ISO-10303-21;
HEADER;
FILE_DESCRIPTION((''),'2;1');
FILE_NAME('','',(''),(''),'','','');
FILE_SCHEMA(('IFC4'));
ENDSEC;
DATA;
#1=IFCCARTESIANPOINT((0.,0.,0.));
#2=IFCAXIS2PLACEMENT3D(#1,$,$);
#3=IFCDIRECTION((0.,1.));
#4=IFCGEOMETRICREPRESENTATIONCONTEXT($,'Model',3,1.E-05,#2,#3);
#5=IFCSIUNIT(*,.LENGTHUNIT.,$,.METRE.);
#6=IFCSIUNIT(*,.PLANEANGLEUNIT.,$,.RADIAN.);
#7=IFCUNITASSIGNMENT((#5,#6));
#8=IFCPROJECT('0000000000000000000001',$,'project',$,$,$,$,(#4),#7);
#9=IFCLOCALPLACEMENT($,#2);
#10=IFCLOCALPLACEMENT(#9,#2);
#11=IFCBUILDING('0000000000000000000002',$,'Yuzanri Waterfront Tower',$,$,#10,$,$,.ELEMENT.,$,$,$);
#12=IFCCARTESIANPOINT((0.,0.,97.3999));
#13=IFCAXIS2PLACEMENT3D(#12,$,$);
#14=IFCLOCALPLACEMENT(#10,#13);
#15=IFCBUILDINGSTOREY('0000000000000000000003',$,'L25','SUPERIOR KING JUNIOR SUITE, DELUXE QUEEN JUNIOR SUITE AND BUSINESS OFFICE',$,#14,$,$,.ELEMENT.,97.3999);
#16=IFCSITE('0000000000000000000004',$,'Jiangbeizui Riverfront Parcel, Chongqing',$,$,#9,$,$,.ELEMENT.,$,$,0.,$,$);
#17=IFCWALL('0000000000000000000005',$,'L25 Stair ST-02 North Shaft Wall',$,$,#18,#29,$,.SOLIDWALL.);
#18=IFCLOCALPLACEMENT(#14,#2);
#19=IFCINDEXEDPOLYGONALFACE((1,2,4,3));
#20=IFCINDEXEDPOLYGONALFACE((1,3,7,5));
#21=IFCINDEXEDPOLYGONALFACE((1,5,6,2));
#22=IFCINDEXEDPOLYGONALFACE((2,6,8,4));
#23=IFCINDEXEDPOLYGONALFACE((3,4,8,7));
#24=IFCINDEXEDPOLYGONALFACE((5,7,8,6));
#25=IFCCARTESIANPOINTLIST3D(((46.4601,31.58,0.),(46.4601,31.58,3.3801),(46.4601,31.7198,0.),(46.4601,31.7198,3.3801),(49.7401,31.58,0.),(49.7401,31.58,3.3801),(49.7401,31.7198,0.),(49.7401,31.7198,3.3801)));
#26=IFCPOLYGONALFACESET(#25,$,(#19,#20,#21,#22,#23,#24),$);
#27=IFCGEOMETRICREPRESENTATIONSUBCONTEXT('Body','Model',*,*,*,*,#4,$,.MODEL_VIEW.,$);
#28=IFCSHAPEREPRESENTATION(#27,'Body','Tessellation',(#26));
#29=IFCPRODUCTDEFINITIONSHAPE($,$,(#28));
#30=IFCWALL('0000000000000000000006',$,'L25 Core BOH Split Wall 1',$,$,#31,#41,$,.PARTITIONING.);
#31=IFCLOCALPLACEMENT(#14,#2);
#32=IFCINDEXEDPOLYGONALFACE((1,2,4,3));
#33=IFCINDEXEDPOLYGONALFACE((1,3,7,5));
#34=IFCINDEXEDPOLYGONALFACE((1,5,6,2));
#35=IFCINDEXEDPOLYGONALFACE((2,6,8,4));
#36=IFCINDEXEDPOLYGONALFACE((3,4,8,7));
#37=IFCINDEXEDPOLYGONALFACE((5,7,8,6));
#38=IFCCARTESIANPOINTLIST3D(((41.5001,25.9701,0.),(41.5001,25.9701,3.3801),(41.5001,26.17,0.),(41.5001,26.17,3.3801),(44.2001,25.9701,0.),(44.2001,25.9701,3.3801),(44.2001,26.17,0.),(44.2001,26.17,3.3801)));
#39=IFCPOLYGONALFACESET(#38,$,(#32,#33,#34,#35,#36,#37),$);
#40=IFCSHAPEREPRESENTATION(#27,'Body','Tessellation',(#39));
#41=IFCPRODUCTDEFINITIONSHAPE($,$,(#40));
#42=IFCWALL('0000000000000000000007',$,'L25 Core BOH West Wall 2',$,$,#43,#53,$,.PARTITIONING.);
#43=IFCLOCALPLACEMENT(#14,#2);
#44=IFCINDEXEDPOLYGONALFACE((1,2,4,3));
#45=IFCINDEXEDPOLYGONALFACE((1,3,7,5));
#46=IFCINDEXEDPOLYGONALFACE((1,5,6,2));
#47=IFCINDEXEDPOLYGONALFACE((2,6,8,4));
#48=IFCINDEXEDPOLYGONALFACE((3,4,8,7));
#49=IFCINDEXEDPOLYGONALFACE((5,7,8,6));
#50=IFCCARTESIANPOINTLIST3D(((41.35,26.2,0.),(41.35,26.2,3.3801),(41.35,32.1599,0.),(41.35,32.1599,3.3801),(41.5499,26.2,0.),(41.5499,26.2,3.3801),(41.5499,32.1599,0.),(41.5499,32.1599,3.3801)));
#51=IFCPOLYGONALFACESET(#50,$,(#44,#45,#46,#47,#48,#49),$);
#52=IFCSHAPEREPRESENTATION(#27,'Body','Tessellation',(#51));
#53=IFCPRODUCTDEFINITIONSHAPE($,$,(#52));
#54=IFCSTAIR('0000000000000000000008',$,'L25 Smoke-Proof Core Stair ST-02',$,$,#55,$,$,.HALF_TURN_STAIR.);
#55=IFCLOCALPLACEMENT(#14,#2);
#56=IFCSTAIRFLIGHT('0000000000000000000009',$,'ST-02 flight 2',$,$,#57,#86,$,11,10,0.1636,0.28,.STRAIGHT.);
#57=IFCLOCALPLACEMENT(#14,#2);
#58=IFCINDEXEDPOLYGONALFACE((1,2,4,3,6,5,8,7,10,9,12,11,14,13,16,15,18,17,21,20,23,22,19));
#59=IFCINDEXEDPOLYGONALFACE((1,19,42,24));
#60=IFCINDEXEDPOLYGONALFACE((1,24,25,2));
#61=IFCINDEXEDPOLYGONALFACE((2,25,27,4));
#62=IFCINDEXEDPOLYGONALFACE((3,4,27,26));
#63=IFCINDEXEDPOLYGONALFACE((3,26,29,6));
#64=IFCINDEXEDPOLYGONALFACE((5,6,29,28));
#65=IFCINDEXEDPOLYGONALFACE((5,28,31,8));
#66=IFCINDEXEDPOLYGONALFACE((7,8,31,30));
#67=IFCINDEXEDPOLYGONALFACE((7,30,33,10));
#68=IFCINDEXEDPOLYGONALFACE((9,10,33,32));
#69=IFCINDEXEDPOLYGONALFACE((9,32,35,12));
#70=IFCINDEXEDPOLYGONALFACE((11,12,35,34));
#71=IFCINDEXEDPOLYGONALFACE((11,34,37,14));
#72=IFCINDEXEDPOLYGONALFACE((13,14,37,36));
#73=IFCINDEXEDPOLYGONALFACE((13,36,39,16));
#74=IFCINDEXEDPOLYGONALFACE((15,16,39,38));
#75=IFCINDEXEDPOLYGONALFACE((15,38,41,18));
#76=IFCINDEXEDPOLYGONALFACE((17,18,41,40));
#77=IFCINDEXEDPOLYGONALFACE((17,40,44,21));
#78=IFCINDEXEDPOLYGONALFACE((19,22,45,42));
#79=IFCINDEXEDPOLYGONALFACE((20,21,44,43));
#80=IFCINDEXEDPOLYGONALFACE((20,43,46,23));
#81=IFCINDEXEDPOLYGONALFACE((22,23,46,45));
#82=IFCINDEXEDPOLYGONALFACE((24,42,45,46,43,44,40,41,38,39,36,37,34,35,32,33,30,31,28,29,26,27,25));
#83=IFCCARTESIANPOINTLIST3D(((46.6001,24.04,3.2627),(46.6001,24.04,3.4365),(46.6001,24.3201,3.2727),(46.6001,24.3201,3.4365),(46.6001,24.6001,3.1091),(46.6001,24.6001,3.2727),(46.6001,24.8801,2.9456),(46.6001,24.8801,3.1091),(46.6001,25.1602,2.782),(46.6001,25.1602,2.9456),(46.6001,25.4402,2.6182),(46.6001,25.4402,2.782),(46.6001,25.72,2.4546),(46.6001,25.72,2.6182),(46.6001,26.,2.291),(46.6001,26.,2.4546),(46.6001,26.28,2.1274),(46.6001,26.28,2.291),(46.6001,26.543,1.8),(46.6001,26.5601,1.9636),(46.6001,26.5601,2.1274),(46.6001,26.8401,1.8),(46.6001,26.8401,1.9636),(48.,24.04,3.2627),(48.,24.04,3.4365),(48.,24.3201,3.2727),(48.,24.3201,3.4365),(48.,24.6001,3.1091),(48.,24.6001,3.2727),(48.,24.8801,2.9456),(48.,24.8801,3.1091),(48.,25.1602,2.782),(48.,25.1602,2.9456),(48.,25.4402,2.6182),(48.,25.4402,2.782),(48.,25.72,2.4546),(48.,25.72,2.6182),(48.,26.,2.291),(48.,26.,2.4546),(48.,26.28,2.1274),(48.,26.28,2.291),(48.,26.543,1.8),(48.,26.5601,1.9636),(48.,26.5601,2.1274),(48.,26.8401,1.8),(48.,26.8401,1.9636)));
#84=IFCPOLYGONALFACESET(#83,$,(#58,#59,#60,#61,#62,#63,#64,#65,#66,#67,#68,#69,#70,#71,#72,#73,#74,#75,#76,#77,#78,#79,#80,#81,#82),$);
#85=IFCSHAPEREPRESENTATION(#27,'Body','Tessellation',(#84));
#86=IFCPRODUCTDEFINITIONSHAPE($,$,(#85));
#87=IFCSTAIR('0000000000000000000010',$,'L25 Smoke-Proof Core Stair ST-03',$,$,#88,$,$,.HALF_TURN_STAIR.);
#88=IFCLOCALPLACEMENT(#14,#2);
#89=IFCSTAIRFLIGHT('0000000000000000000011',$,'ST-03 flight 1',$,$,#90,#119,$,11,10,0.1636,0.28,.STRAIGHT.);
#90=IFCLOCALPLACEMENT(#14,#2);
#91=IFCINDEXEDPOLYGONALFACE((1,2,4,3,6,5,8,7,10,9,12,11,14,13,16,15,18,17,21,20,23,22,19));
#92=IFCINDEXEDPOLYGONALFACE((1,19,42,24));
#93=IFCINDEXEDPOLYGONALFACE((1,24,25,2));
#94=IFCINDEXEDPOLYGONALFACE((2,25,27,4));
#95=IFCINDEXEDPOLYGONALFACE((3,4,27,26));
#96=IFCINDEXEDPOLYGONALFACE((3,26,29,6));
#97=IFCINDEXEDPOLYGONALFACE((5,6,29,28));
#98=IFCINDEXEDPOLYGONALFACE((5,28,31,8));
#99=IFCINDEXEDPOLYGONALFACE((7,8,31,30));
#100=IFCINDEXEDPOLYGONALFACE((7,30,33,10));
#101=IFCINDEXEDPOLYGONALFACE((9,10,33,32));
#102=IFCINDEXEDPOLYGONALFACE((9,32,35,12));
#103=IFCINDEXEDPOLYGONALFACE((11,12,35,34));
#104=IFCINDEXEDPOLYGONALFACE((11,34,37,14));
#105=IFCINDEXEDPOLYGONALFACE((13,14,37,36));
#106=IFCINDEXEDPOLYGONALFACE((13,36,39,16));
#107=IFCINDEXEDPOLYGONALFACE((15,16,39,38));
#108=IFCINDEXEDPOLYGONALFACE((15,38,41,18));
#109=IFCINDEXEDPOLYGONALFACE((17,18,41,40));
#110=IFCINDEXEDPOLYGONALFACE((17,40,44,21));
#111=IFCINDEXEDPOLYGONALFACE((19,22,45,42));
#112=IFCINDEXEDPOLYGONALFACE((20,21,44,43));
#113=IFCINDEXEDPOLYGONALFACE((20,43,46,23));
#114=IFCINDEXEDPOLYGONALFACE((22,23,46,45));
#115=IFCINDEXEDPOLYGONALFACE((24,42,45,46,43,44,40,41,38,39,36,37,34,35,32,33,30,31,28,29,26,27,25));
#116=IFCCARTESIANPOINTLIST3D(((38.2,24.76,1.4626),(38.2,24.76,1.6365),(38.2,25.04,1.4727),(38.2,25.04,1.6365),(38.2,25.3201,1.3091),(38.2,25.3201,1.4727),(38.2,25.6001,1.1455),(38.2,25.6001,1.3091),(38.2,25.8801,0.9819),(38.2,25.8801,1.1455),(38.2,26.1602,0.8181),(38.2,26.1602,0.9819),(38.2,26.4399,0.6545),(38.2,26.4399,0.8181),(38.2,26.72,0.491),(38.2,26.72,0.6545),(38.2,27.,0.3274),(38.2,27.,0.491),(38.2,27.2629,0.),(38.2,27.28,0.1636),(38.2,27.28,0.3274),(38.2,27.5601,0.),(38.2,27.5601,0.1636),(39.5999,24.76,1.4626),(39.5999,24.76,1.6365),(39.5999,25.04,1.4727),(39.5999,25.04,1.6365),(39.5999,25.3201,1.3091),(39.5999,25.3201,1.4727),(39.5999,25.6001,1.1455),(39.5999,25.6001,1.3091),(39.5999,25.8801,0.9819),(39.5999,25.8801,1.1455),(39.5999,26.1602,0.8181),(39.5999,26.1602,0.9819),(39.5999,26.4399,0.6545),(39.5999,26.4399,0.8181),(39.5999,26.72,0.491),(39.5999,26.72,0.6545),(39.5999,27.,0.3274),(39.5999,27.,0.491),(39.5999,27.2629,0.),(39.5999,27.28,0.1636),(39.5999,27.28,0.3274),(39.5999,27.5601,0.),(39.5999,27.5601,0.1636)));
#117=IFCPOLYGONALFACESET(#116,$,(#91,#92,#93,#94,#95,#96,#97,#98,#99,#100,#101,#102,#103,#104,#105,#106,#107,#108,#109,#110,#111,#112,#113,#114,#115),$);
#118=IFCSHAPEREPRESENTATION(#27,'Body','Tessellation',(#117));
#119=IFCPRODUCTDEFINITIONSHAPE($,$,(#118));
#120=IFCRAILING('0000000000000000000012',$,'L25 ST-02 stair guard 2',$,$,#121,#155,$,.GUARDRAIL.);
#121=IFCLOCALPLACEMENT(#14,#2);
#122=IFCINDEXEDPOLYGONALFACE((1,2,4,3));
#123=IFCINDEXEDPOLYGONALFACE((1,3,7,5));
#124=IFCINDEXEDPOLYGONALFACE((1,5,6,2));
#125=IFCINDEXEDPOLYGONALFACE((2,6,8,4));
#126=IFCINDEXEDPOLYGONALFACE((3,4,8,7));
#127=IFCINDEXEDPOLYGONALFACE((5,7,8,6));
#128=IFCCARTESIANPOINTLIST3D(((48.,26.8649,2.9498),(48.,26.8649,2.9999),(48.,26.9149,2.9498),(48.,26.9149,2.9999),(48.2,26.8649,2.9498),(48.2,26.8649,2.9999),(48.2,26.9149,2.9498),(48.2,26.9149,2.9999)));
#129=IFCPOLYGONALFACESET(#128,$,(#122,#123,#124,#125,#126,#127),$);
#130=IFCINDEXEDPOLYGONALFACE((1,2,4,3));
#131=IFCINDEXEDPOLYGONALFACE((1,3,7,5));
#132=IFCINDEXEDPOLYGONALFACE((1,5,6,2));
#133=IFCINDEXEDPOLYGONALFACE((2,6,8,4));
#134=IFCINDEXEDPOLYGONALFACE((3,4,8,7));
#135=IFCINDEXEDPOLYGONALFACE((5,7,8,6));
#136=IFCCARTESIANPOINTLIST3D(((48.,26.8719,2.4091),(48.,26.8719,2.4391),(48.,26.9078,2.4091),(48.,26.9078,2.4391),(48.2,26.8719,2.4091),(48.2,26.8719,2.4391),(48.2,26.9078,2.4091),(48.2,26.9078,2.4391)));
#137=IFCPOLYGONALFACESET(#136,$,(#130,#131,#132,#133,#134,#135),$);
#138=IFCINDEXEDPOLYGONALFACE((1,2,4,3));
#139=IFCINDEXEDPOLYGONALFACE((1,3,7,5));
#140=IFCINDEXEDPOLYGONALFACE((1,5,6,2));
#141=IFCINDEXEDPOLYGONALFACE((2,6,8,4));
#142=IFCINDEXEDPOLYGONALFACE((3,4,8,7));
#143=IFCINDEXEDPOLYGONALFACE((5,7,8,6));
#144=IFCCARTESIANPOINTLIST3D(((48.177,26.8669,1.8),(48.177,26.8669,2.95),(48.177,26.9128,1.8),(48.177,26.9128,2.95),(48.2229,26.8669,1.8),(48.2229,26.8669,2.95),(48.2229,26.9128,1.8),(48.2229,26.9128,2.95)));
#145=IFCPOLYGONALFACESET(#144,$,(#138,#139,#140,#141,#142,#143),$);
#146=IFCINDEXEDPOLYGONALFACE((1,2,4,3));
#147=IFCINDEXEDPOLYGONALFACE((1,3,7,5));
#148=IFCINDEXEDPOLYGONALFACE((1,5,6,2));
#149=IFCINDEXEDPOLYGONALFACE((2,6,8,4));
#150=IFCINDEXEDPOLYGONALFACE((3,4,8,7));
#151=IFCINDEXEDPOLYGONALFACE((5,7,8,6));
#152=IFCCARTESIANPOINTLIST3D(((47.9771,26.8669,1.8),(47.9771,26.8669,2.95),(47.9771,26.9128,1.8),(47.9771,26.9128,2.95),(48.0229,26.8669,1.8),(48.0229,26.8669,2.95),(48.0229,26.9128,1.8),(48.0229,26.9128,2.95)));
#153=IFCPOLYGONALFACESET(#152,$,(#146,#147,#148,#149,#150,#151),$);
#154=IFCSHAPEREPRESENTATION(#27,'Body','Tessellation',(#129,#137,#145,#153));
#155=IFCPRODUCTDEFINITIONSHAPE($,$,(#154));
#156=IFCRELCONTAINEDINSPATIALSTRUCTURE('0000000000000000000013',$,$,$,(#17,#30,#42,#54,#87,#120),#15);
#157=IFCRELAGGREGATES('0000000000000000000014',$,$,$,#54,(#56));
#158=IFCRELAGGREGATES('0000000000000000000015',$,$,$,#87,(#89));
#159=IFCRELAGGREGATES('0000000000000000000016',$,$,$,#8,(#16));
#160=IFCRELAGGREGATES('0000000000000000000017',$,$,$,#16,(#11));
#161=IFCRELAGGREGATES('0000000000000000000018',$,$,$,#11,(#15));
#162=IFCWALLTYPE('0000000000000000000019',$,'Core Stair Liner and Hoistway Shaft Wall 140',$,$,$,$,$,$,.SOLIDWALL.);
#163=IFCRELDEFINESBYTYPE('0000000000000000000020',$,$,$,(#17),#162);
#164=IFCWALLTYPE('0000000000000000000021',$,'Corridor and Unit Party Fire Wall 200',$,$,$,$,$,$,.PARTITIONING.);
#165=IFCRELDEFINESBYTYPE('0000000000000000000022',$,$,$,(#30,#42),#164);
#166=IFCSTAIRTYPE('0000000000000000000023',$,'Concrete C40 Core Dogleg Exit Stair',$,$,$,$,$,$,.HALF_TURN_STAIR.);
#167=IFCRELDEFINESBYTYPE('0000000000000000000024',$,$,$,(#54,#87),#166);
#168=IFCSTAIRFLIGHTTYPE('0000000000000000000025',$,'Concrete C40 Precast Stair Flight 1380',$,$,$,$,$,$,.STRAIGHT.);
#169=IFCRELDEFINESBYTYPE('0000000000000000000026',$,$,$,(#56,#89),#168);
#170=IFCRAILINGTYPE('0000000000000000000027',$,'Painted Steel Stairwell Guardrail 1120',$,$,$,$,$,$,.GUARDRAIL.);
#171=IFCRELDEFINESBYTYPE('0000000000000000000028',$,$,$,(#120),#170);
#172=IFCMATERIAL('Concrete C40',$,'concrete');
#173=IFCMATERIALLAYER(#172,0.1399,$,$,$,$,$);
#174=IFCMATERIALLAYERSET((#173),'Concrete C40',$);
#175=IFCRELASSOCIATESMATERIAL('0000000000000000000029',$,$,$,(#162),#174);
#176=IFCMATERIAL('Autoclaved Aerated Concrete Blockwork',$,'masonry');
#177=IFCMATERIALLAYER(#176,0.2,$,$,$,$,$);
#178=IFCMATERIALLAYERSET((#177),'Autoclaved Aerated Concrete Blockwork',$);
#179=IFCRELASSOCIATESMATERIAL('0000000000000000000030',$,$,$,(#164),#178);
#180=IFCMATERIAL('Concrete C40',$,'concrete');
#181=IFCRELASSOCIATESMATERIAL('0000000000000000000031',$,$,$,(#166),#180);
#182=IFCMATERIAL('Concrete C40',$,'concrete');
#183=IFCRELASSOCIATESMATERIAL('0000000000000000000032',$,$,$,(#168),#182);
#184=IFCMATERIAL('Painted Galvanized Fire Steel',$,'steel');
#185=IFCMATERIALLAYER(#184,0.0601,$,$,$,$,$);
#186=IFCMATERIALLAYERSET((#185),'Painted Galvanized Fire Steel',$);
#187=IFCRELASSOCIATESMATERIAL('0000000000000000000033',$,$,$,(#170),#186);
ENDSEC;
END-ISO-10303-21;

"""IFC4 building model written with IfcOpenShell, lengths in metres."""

from ifc_helpers import new_model, si_unit, direction, frame, frame_2d, origin, origin_2d, place, context, subcontext, project, spatial, polyline, rectangle, outline, extrude, source, transform, mapped, material, layer, layer_set, type_object, element, aggregate, save


model = new_model("IFC4")

# Units and contexts
model_context = context("Model", 3, precision=1e-05, world=origin(), true_north=direction((0.0, 1.0)))
body_context = subcontext(model_context, "Body", "Model", "MODEL_VIEW")
ifc_project = project(units=[si_unit("LENGTHUNIT", "METRE"), si_unit("PLANEANGLEUNIT", "RADIAN")], contexts=[model_context])

# Site, building, storey
site_placement = place(None, origin())
site = spatial("IfcSite", under=ifc_project, at=site_placement, Name="Jiangbeizui Riverfront Parcel, Chongqing", CompositionType="ELEMENT", RefElevation=0.0)
building_placement = place(site_placement, origin())
building = spatial("IfcBuilding", under=site, at=building_placement, Name="Yuzanri Waterfront Tower", CompositionType="ELEMENT")
storey_placement = place(building_placement, frame((0.0, 0.0, 97.3999)))
storey = spatial("IfcBuildingStorey", under=building, at=storey_placement, Name="L25", Description="SUPERIOR KING JUNIOR SUITE, DELUXE QUEEN JUNIOR SUITE AND BUSINESS OFFICE", CompositionType="ELEMENT", Elevation=97.3999)

# Shared definitions
ifc_material_1 = material(Name="Concrete C40", Category="concrete")
ifc_layer_1 = layer(ifc_material_1, 0.1399)
ifc_layer_set_1 = layer_set([ifc_layer_1], Name="Concrete C40")
wall_type_1 = type_object("IfcWallType", Name="Core Stair Liner and Hoistway Shaft Wall 140", PredefinedType="SOLIDWALL", material=ifc_layer_set_1)

# Walls
shared_shape_1 = source(origin(), body_context, "Body", "SweptSolid", [
    extrude(rectangle(XDim=3.28, YDim=0.1399, at=frame_2d((1.6401, 0.0))), origin(), (0.0, 0.0, 1.0), 3.3801),
])
wall_1_placement = place(storey_placement, frame((46.46, 31.6499, 0.0), z_axis=(0.0, 0.0, 1.0), x_axis=(1.0, 0.0, 0.0)))
element("IfcWall", 1, at=wall_1_placement, inside=storey, type_object=wall_type_1, Name="L25 Stair ST-02 North Shaft Wall", PredefinedType="SOLIDWALL", context=body_context, shape_type="MappedRepresentation", body=[
    mapped(shared_shape_1, transform((0.0, 0.0, 0.0), scale=1.0)),
])
ifc_material_2 = material(Name="Autoclaved Aerated Concrete Blockwork", Category="masonry")
ifc_layer_2 = layer(ifc_material_2, 0.2)
ifc_layer_set_2 = layer_set([ifc_layer_2], Name="Autoclaved Aerated Concrete Blockwork")
wall_type_2 = type_object("IfcWallType", Name="Corridor and Unit Party Fire Wall 200", PredefinedType="PARTITIONING", material=ifc_layer_set_2)
shared_shape_2 = source(origin(), body_context, "Body", "SweptSolid", [
    extrude(rectangle(XDim=2.7, YDim=0.2, at=frame_2d((1.3501, 0.0))), origin(), (0.0, 0.0, 1.0), 3.3801),
])
wall_2_placement = place(storey_placement, frame((41.5, 26.0701, 0.0), z_axis=(0.0, 0.0, 1.0), x_axis=(1.0, 0.0, 0.0)))
element("IfcWall", 2, at=wall_2_placement, inside=storey, type_object=wall_type_2, Name="L25 Core BOH Split Wall 1", PredefinedType="PARTITIONING", context=body_context, shape_type="MappedRepresentation", body=[
    mapped(shared_shape_2, transform((0.0, 0.0, 0.0), scale=1.0)),
])
shared_shape_3 = source(origin(), body_context, "Body", "SweptSolid", [
    extrude(rectangle(XDim=5.96, YDim=0.2, at=frame_2d((2.98, 0.0))), origin(), (0.0, 0.0, 1.0), 3.3801),
])
wall_3_placement = place(storey_placement, frame((41.45, 26.2, 0.0), z_axis=(0.0, 0.0, 1.0), x_axis=(0.0, 1.0, 0.0)))
element("IfcWall", 3, at=wall_3_placement, inside=storey, type_object=wall_type_2, Name="L25 Core BOH West Wall 2", PredefinedType="PARTITIONING", context=body_context, shape_type="MappedRepresentation", body=[
    mapped(shared_shape_3, transform((0.0, 0.0, 0.0), scale=1.0)),
])

# Stairs, stair flights
ifc_material_3 = material(Name="Concrete C40", Category="concrete")
stair_type = type_object("IfcStairType", Name="Concrete C40 Core Dogleg Exit Stair", PredefinedType="HALF_TURN_STAIR", material=ifc_material_3)
stair_1_placement = place(storey_placement, origin())
stair_1 = element("IfcStair", 4, at=stair_1_placement, inside=storey, type_object=stair_type, Name="L25 Smoke-Proof Core Stair ST-02", PredefinedType="HALF_TURN_STAIR")
ifc_material_4 = material(Name="Concrete C40", Category="concrete")
stair_flight_type = type_object("IfcStairFlightType", Name="Concrete C40 Precast Stair Flight 1380", PredefinedType="STRAIGHT", material=ifc_material_4)
shared_shape_4 = source(origin(), body_context, "Body", "SweptSolid", [
    extrude(outline(polyline([(0.0, 0.0), (0.0, 0.1636), (0.28, 0.1636), (0.28, 0.3274), (0.5601, 0.3274), (0.5601, 0.491), (0.8401, 0.491), (0.8401, 0.6545), (1.1201, 0.6545), (1.1201, 0.8181), (1.3999, 0.8181), (1.3999, 0.9819), (1.6799, 0.9819), (1.6799, 1.1455), (1.96, 1.1455), (1.96, 1.3091), (2.24, 1.3091), (2.24, 1.4727), (2.52, 1.4727), (2.52, 1.6365), (2.8, 1.6365), (2.8, 1.8), (2.8, 1.4626), (0.2971, 0.0), (0.0, 0.0)])), frame((0.0, 0.7, 0.0), z_axis=(0.0, -1.0, 0.0), x_axis=(1.0, 0.0, 0.0)), (0.0, 0.0, 1.0), 1.3999),
])
stair_flight_1_placement = place(storey_placement, frame((47.3, 26.8401, 1.8), z_axis=(0.0, 0.0, 1.0), x_axis=(0.0, -1.0, 0.0)))
stair_flight_1 = element("IfcStairFlight", 5, at=stair_flight_1_placement, type_object=stair_flight_type, Name="ST-02 flight 2", NumberOfRisers=11, NumberOfTreads=10, PredefinedType="STRAIGHT", RiserHeight=0.1636, TreadLength=0.28, context=body_context, shape_type="MappedRepresentation", body=[
    mapped(shared_shape_4, transform((0.0, 0.0, 0.0), scale=1.0)),
])
aggregate(stair_1, [stair_flight_1])
stair_2_placement = place(storey_placement, origin())
stair_2 = element("IfcStair", 6, at=stair_2_placement, inside=storey, type_object=stair_type, Name="L25 Smoke-Proof Core Stair ST-03", PredefinedType="HALF_TURN_STAIR")
stair_flight_2_placement = place(storey_placement, frame((38.8999, 27.5601, 0.0), z_axis=(0.0, 0.0, 1.0), x_axis=(0.0, -1.0, 0.0)))
stair_flight_2 = element("IfcStairFlight", 7, at=stair_flight_2_placement, type_object=stair_flight_type, Name="ST-03 flight 1", NumberOfRisers=11, NumberOfTreads=10, PredefinedType="STRAIGHT", RiserHeight=0.1636, TreadLength=0.28, context=body_context, shape_type="MappedRepresentation", body=[
    mapped(shared_shape_4, transform((0.0, 0.0, 0.0), scale=1.0)),
])
aggregate(stair_2, [stair_flight_2])

# Railing
ifc_material_5 = material(Name="Painted Galvanized Fire Steel", Category="steel")
ifc_layer_3 = layer(ifc_material_5, 0.0601)
ifc_layer_set_3 = layer_set([ifc_layer_3], Name="Painted Galvanized Fire Steel")
railing_type_1 = type_object("IfcRailingType", Name="Painted Steel Stairwell Guardrail 1120", PredefinedType="GUARDRAIL", material=ifc_layer_set_3)
shared_shape_5 = source(origin(), body_context, "Body", "SweptSolid", [
    extrude(rectangle(XDim=0.05, YDim=0.05, at=origin_2d()), frame((0.0, 0.0, 1.1748), z_axis=(-1.0, 0.0, 0.0), x_axis=(0.0, -1.0, 0.0)), (0.0, 0.0, 1.0), 0.2),
    extrude(rectangle(XDim=0.0359, YDim=0.03, at=origin_2d()), frame((0.0, 0.0, 0.624), z_axis=(-1.0, 0.0, 0.0), x_axis=(0.0, -1.0, 0.0)), (0.0, 0.0, 1.0), 0.2),
    extrude(rectangle(XDim=0.0459, YDim=0.0459, at=origin_2d()), origin(), (0.0, 0.0, 1.0), 1.1499),
    extrude(rectangle(XDim=0.0459, YDim=0.0459, at=origin_2d()), frame((-0.2, 0.0, 0.0)), (0.0, 0.0, 1.0), 1.1499),
])
railing_1_placement = place(storey_placement, frame((48.2, 26.8899, 1.8)))
element("IfcRailing", 8, at=railing_1_placement, inside=storey, type_object=railing_type_1, Name="L25 ST-02 stair guard 2", PredefinedType="GUARDRAIL", context=body_context, shape_type="MappedRepresentation", body=[
    mapped(shared_shape_5, transform((0.0, 0.0, 0.0), scale=1.0)),
])

save(model, "model.ifc")
